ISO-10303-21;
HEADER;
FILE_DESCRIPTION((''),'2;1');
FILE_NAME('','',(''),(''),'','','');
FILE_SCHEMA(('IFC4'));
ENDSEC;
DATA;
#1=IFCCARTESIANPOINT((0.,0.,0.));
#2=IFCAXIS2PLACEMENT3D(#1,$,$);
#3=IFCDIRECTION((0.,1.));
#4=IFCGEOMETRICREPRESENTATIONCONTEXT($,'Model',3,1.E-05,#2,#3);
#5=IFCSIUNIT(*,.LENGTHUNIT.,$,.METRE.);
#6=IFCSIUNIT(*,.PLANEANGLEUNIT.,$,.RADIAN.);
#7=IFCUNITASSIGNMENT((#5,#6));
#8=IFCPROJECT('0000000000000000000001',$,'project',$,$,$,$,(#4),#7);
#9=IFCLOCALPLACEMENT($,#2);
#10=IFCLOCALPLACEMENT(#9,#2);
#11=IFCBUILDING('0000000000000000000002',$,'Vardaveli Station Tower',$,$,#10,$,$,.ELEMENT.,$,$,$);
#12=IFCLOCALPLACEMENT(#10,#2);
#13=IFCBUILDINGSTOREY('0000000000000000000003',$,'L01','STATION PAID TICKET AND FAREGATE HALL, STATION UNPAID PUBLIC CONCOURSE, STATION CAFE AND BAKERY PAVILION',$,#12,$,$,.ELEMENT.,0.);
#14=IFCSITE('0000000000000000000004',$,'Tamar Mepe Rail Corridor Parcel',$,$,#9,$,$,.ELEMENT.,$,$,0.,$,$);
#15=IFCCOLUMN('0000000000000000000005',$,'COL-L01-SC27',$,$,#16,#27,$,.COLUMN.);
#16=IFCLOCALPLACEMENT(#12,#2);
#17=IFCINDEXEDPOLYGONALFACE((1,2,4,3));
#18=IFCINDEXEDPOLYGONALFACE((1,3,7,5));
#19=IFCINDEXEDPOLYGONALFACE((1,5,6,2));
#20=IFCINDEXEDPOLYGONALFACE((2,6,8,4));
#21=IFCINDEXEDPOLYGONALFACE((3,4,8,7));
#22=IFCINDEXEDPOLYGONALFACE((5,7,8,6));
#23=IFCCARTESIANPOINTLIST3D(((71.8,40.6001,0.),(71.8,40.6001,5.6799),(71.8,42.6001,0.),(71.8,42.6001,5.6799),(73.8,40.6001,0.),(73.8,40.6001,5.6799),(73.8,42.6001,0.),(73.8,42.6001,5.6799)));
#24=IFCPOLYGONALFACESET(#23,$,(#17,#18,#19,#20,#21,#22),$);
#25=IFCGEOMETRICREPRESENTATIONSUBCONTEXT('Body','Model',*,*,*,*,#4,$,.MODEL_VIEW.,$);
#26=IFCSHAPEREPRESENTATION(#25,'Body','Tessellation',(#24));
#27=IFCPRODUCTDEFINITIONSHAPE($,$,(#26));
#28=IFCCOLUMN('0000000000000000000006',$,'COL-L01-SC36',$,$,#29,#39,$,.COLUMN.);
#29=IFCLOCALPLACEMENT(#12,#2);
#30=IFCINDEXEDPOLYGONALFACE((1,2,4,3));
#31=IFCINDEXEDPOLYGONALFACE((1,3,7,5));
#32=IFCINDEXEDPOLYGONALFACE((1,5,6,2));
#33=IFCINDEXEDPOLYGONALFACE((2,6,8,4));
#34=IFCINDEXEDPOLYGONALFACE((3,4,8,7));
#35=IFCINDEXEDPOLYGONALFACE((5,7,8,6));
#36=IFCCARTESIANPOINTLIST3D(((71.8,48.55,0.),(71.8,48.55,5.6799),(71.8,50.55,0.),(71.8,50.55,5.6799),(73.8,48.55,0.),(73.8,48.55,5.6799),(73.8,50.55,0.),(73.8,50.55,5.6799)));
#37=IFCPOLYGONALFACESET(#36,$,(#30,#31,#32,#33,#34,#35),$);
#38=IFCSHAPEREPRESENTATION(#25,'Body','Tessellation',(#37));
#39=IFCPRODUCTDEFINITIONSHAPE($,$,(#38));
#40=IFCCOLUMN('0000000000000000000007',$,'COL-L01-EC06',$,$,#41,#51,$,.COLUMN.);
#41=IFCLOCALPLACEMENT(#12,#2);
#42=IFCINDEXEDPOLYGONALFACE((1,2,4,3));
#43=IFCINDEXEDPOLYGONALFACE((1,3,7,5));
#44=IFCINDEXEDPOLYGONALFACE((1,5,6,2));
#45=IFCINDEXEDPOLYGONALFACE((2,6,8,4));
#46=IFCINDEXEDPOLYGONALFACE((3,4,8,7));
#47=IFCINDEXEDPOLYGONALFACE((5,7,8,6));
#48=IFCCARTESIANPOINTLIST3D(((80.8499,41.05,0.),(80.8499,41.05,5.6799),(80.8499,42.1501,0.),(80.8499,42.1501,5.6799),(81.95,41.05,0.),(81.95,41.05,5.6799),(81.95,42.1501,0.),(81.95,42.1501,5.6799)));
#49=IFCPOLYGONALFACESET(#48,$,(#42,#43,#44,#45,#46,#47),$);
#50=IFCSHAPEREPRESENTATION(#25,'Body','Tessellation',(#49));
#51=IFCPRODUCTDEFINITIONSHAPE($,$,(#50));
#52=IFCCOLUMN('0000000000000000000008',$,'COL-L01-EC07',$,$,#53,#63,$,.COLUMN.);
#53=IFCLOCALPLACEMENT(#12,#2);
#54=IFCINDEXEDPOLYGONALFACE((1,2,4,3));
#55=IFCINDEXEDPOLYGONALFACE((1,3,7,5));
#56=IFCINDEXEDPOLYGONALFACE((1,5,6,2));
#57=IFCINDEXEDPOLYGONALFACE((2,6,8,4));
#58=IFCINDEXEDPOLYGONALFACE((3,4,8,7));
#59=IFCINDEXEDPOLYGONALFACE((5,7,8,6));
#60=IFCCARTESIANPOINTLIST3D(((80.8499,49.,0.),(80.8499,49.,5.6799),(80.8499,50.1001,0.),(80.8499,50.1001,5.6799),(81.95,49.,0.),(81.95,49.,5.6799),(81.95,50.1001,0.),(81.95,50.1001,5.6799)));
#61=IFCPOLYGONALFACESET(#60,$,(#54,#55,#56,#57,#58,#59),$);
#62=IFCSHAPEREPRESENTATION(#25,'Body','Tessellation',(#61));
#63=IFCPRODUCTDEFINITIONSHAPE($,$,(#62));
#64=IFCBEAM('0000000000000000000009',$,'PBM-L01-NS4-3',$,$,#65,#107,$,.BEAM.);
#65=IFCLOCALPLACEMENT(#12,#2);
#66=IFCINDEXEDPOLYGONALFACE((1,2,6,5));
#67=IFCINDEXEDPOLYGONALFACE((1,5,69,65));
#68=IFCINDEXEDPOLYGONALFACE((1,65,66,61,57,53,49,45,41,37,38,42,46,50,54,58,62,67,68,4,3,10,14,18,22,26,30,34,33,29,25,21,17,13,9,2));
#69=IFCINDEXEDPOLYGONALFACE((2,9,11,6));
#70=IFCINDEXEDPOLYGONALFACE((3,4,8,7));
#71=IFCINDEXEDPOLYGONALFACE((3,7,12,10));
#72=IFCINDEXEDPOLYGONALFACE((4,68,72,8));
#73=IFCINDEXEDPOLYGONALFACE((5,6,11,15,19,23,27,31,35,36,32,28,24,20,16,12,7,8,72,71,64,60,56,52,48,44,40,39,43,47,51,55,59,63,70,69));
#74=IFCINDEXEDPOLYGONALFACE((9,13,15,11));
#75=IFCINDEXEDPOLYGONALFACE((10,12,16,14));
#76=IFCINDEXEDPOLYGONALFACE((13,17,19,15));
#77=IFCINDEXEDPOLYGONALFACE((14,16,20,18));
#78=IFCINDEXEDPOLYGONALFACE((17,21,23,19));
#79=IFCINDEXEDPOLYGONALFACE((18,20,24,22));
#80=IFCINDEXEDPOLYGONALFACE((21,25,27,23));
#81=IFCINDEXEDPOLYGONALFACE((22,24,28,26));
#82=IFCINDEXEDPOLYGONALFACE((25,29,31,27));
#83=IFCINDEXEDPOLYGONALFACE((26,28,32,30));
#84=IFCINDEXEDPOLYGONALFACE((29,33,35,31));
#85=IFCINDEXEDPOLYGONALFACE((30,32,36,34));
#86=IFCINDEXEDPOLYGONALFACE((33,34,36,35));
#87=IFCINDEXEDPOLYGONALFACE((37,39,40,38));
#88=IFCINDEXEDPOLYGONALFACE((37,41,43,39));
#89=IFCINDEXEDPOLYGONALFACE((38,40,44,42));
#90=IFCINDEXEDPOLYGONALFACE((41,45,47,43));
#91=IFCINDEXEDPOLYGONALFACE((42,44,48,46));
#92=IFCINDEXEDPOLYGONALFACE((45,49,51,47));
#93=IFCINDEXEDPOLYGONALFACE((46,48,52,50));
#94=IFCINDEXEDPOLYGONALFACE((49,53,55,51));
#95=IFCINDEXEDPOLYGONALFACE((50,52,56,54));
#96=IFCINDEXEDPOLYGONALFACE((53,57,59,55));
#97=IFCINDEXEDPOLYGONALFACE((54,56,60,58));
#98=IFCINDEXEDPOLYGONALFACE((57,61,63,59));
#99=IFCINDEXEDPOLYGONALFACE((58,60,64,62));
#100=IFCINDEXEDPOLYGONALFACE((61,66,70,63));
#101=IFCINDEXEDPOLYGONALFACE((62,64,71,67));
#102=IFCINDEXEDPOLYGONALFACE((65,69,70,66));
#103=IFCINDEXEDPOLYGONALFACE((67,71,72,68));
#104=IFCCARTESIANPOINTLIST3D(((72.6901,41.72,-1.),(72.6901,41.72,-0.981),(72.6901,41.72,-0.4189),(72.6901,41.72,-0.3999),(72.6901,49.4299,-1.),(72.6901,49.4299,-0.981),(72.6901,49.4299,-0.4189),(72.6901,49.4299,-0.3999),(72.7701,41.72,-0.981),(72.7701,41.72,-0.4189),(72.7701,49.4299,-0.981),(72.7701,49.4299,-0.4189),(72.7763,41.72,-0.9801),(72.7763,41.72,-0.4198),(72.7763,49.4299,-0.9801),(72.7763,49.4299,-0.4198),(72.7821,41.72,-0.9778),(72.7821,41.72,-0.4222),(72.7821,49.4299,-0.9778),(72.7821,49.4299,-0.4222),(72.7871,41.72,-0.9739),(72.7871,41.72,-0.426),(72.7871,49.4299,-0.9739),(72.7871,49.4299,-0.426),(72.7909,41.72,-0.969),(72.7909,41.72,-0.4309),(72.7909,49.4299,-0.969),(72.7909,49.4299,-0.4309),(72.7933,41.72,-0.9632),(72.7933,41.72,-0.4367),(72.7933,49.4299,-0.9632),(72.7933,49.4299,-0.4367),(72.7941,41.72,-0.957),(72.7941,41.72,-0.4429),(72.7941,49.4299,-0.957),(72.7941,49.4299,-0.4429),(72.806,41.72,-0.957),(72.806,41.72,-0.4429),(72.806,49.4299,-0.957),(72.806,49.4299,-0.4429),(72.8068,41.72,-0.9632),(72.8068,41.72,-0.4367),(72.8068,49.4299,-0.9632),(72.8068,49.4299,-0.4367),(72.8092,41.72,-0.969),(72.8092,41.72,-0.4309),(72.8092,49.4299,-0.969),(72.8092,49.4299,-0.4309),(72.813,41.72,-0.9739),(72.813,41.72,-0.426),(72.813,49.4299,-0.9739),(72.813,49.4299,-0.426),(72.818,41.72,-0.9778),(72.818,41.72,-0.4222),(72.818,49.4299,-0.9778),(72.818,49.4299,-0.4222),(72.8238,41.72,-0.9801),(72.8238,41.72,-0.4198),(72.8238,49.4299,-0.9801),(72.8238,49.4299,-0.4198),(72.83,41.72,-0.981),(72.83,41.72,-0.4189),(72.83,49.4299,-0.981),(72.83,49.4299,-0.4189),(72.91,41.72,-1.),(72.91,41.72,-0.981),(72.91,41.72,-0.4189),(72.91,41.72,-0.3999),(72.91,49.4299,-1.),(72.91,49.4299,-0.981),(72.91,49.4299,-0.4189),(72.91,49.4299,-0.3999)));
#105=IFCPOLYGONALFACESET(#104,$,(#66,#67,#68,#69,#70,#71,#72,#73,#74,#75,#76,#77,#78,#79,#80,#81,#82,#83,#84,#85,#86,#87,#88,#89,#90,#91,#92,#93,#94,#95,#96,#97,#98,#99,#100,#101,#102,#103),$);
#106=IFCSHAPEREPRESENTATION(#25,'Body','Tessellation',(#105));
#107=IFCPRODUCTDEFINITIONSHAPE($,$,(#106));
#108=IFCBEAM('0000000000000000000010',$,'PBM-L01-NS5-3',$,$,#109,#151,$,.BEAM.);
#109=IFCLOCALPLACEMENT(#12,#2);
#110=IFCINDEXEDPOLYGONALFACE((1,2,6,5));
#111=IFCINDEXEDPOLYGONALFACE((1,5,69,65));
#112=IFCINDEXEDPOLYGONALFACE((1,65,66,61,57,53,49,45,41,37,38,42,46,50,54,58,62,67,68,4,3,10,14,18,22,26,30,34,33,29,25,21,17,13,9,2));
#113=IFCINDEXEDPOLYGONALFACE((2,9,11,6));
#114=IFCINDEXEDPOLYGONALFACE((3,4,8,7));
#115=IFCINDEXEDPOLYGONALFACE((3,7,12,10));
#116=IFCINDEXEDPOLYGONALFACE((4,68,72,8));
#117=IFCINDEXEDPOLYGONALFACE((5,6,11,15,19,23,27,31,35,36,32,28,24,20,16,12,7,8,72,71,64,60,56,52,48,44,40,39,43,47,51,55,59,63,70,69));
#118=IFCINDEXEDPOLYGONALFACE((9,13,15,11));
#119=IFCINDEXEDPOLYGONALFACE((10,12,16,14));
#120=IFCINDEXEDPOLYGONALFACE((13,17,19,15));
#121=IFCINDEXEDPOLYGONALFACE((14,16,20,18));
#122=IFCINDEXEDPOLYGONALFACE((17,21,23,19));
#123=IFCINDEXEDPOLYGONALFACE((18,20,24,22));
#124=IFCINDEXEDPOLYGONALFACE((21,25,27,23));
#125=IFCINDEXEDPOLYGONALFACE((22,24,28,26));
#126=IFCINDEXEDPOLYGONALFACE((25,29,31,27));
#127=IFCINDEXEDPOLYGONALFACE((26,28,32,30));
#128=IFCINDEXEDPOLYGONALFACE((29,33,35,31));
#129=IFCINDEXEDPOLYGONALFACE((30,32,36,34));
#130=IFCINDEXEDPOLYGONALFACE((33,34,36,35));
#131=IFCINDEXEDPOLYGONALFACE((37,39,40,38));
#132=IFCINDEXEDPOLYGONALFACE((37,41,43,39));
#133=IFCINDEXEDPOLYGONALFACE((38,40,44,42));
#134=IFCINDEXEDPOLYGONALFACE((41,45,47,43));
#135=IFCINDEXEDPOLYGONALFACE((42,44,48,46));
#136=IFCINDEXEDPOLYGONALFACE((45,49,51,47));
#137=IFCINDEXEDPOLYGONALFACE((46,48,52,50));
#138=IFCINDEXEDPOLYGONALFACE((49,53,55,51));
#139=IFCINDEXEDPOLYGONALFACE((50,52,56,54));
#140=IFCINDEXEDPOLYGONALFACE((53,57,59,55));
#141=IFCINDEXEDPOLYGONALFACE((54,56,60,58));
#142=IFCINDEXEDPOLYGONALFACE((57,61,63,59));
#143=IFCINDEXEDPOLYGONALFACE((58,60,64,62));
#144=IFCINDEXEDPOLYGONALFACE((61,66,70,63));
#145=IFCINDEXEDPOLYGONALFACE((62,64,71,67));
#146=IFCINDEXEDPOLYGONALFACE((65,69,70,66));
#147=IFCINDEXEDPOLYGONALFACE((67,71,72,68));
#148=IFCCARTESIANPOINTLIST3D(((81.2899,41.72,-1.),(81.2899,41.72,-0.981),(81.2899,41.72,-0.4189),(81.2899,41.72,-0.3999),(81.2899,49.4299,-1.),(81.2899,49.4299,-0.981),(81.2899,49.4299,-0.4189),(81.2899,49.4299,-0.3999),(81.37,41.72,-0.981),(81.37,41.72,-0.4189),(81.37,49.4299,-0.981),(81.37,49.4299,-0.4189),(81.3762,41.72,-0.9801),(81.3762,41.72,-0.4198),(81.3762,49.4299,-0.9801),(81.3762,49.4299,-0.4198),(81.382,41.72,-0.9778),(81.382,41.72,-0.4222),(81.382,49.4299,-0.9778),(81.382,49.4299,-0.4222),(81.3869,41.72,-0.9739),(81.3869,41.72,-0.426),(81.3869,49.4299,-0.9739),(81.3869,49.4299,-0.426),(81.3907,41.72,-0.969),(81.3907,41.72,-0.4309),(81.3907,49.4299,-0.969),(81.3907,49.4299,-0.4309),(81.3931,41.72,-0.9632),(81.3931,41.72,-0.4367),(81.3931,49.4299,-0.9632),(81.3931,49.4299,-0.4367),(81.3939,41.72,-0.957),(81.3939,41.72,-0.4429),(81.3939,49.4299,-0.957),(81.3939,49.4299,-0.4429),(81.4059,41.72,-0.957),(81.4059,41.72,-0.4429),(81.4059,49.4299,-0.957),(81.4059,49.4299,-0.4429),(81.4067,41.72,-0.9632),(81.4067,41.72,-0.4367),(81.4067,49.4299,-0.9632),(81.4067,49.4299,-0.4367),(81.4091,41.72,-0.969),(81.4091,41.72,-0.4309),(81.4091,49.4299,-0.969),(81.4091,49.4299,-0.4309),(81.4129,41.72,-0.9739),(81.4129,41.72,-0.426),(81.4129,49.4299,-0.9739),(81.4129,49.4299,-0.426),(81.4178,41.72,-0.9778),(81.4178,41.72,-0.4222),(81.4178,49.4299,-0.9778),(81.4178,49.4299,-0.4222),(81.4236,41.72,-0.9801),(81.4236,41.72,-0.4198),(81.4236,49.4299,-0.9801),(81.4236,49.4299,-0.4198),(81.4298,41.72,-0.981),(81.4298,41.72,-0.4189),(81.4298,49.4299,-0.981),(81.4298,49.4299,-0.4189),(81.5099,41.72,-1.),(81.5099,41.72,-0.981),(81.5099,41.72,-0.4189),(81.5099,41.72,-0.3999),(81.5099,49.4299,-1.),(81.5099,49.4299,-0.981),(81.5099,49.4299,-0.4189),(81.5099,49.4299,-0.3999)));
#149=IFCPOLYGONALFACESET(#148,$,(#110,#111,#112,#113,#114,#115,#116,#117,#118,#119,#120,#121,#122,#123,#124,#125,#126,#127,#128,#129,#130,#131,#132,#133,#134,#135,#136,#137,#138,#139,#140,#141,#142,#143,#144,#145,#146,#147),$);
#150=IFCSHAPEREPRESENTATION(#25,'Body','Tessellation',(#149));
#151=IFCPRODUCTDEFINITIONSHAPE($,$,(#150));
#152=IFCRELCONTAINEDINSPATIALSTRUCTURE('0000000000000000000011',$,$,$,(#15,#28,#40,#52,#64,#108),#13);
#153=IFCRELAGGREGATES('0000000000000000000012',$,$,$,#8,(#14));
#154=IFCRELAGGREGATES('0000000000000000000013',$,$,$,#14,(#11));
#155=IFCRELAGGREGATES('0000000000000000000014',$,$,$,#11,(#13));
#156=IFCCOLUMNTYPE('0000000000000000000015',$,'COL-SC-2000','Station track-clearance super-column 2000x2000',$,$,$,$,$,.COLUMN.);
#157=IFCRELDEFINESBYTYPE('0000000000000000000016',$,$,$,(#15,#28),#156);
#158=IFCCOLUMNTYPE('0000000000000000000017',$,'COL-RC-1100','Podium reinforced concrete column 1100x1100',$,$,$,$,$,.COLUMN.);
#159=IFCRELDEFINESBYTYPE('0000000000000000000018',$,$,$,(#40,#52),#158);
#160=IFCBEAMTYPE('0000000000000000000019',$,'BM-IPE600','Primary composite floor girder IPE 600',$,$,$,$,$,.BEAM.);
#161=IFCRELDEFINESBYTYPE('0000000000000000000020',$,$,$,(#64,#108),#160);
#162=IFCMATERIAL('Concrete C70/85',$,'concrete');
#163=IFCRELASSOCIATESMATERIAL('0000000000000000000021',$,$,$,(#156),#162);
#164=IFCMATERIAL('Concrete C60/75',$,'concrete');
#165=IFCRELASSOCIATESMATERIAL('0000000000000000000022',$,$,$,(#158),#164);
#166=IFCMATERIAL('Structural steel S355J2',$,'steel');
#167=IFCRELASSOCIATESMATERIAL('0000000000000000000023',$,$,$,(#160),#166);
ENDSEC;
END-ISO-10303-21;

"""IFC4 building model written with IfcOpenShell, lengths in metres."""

from ifc_helpers import new_model, si_unit, direction, frame, origin, origin_2d, place, context, subcontext, project, spatial, rectangle, i_section, extrude, source, transform, mapped, material, material_profile, profile_set, type_object, element, save


model = new_model("IFC4")

# Units and contexts
model_context = context("Model", 3, precision=1e-05, world=origin(), true_north=direction((0.0, 1.0)))
body_context = subcontext(model_context, "Body", "Model", "MODEL_VIEW")
ifc_project = project(units=[si_unit("LENGTHUNIT", "METRE"), si_unit("PLANEANGLEUNIT", "RADIAN")], contexts=[model_context])

# Site, building, storey
site_placement = place(None, origin())
site = spatial("IfcSite", under=ifc_project, at=site_placement, Name="Tamar Mepe Rail Corridor Parcel", CompositionType="ELEMENT", RefElevation=0.0)
building_placement = place(site_placement, origin())
building = spatial("IfcBuilding", under=site, at=building_placement, Name="Vardaveli Station Tower", CompositionType="ELEMENT")
storey_placement = place(building_placement, origin())
storey = spatial("IfcBuildingStorey", under=building, at=storey_placement, Name="L01", Description="STATION PAID TICKET AND FAREGATE HALL, STATION UNPAID PUBLIC CONCOURSE, STATION CAFE AND BAKERY PAVILION", CompositionType="ELEMENT", Elevation=0.0)

# Columns
ifc_material_1 = material(Name="Concrete C70/85", Category="concrete")
ifc_material_profile_1 = material_profile(ifc_material_1, rectangle(XDim=2.0, YDim=2.0, at=origin_2d()), Name="SC 2000x2000")
ifc_profile_set_1 = profile_set([ifc_material_profile_1], Name="Concrete C70/85")
column_type_1 = type_object("IfcColumnType", Name="COL-SC-2000", Description="Station track-clearance super-column 2000x2000", PredefinedType="COLUMN", material=ifc_profile_set_1)
shared_shape_1 = source(origin(), body_context, "Body", "SweptSolid", [
    extrude(rectangle(XDim=2.0, YDim=2.0, at=origin_2d()), origin(), (0.0, 0.0, 1.0), 5.6799),
])
for number, where, z_axis, x_axis, name in (
    (1, (72.8, 41.6001, 0.0), (0.0, 0.0, 1.0), (1.0, 0.0, 0.0), "COL-L01-SC27"),
    (2, (72.8, 49.55, 0.0), (0.0, 0.0, 1.0), (1.0, 0.0, 0.0), "COL-L01-SC36"),
):
    element("IfcColumn", number, at=place(storey_placement, frame(where, z_axis=z_axis, x_axis=x_axis)), inside=storey, type_object=column_type_1, Name=name, PredefinedType="COLUMN", context=body_context, shape_type="MappedRepresentation", body=[
        mapped(shared_shape_1, transform((0.0, 0.0, 0.0), scale=1.0)),
    ])
ifc_material_2 = material(Name="Concrete C60/75", Category="concrete")
ifc_material_profile_2 = material_profile(ifc_material_2, rectangle(XDim=1.1001, YDim=1.1001, at=origin_2d()), Name="RC 1100x1100")
ifc_profile_set_2 = profile_set([ifc_material_profile_2], Name="Concrete C60/75")
column_type_2 = type_object("IfcColumnType", Name="COL-RC-1100", Description="Podium reinforced concrete column 1100x1100", PredefinedType="COLUMN", material=ifc_profile_set_2)
shared_shape_2 = source(origin(), body_context, "Body", "SweptSolid", [
    extrude(rectangle(XDim=1.1001, YDim=1.1001, at=origin_2d()), origin(), (0.0, 0.0, 1.0), 5.6799),
])
for number, where, z_axis, x_axis, name in (
    (3, (81.3999, 41.6001, 0.0), (0.0, 0.0, 1.0), (1.0, 0.0, 0.0), "COL-L01-EC06"),
    (4, (81.3999, 49.55, 0.0), (0.0, 0.0, 1.0), (1.0, 0.0, 0.0), "COL-L01-EC07"),
):
    element("IfcColumn", number, at=place(storey_placement, frame(where, z_axis=z_axis, x_axis=x_axis)), inside=storey, type_object=column_type_2, Name=name, PredefinedType="COLUMN", context=body_context, shape_type="MappedRepresentation", body=[
        mapped(shared_shape_2, transform((0.0, 0.0, 0.0), scale=1.0)),
    ])

# Beams
ifc_material_3 = material(Name="Structural steel S355J2", Category="steel")
ifc_material_profile_3 = material_profile(ifc_material_3, i_section(OverallWidth=0.22, OverallDepth=0.6001, WebThickness=0.012, FlangeThickness=0.019, FilletRadius=0.0239, at=origin_2d()), Name="IPE 600")
ifc_profile_set_3 = profile_set([ifc_material_profile_3], Name="Structural steel S355J2")
beam_type_1 = type_object("IfcBeamType", Name="BM-IPE600", Description="Primary composite floor girder IPE 600", PredefinedType="BEAM", material=ifc_profile_set_3)
shared_shape_3 = source(origin(), body_context, "Body", "SweptSolid", [
    extrude(i_section(OverallWidth=0.22, OverallDepth=0.6001, WebThickness=0.012, FlangeThickness=0.019, FilletRadius=0.0239, at=origin_2d()), origin(), (0.0, 0.0, 1.0), 7.71),
])
for number, where, z_axis, x_axis, name in (
    (5, (72.8, 41.72, -0.7), (0.0, 1.0, 0.0), (-1.0, 0.0, 0.0), "PBM-L01-NS4-3"),
    (6, (81.3999, 41.72, -0.7), (0.0, 1.0, 0.0), (-1.0, 0.0, 0.0), "PBM-L01-NS5-3"),
):
    element("IfcBeam", number, at=place(storey_placement, frame(where, z_axis=z_axis, x_axis=x_axis)), inside=storey, type_object=beam_type_1, Name=name, PredefinedType="BEAM", context=body_context, shape_type="MappedRepresentation", body=[
        mapped(shared_shape_3, transform((0.0, 0.0, 0.0), scale=1.0)),
    ])

save(model, "model.ifc")
